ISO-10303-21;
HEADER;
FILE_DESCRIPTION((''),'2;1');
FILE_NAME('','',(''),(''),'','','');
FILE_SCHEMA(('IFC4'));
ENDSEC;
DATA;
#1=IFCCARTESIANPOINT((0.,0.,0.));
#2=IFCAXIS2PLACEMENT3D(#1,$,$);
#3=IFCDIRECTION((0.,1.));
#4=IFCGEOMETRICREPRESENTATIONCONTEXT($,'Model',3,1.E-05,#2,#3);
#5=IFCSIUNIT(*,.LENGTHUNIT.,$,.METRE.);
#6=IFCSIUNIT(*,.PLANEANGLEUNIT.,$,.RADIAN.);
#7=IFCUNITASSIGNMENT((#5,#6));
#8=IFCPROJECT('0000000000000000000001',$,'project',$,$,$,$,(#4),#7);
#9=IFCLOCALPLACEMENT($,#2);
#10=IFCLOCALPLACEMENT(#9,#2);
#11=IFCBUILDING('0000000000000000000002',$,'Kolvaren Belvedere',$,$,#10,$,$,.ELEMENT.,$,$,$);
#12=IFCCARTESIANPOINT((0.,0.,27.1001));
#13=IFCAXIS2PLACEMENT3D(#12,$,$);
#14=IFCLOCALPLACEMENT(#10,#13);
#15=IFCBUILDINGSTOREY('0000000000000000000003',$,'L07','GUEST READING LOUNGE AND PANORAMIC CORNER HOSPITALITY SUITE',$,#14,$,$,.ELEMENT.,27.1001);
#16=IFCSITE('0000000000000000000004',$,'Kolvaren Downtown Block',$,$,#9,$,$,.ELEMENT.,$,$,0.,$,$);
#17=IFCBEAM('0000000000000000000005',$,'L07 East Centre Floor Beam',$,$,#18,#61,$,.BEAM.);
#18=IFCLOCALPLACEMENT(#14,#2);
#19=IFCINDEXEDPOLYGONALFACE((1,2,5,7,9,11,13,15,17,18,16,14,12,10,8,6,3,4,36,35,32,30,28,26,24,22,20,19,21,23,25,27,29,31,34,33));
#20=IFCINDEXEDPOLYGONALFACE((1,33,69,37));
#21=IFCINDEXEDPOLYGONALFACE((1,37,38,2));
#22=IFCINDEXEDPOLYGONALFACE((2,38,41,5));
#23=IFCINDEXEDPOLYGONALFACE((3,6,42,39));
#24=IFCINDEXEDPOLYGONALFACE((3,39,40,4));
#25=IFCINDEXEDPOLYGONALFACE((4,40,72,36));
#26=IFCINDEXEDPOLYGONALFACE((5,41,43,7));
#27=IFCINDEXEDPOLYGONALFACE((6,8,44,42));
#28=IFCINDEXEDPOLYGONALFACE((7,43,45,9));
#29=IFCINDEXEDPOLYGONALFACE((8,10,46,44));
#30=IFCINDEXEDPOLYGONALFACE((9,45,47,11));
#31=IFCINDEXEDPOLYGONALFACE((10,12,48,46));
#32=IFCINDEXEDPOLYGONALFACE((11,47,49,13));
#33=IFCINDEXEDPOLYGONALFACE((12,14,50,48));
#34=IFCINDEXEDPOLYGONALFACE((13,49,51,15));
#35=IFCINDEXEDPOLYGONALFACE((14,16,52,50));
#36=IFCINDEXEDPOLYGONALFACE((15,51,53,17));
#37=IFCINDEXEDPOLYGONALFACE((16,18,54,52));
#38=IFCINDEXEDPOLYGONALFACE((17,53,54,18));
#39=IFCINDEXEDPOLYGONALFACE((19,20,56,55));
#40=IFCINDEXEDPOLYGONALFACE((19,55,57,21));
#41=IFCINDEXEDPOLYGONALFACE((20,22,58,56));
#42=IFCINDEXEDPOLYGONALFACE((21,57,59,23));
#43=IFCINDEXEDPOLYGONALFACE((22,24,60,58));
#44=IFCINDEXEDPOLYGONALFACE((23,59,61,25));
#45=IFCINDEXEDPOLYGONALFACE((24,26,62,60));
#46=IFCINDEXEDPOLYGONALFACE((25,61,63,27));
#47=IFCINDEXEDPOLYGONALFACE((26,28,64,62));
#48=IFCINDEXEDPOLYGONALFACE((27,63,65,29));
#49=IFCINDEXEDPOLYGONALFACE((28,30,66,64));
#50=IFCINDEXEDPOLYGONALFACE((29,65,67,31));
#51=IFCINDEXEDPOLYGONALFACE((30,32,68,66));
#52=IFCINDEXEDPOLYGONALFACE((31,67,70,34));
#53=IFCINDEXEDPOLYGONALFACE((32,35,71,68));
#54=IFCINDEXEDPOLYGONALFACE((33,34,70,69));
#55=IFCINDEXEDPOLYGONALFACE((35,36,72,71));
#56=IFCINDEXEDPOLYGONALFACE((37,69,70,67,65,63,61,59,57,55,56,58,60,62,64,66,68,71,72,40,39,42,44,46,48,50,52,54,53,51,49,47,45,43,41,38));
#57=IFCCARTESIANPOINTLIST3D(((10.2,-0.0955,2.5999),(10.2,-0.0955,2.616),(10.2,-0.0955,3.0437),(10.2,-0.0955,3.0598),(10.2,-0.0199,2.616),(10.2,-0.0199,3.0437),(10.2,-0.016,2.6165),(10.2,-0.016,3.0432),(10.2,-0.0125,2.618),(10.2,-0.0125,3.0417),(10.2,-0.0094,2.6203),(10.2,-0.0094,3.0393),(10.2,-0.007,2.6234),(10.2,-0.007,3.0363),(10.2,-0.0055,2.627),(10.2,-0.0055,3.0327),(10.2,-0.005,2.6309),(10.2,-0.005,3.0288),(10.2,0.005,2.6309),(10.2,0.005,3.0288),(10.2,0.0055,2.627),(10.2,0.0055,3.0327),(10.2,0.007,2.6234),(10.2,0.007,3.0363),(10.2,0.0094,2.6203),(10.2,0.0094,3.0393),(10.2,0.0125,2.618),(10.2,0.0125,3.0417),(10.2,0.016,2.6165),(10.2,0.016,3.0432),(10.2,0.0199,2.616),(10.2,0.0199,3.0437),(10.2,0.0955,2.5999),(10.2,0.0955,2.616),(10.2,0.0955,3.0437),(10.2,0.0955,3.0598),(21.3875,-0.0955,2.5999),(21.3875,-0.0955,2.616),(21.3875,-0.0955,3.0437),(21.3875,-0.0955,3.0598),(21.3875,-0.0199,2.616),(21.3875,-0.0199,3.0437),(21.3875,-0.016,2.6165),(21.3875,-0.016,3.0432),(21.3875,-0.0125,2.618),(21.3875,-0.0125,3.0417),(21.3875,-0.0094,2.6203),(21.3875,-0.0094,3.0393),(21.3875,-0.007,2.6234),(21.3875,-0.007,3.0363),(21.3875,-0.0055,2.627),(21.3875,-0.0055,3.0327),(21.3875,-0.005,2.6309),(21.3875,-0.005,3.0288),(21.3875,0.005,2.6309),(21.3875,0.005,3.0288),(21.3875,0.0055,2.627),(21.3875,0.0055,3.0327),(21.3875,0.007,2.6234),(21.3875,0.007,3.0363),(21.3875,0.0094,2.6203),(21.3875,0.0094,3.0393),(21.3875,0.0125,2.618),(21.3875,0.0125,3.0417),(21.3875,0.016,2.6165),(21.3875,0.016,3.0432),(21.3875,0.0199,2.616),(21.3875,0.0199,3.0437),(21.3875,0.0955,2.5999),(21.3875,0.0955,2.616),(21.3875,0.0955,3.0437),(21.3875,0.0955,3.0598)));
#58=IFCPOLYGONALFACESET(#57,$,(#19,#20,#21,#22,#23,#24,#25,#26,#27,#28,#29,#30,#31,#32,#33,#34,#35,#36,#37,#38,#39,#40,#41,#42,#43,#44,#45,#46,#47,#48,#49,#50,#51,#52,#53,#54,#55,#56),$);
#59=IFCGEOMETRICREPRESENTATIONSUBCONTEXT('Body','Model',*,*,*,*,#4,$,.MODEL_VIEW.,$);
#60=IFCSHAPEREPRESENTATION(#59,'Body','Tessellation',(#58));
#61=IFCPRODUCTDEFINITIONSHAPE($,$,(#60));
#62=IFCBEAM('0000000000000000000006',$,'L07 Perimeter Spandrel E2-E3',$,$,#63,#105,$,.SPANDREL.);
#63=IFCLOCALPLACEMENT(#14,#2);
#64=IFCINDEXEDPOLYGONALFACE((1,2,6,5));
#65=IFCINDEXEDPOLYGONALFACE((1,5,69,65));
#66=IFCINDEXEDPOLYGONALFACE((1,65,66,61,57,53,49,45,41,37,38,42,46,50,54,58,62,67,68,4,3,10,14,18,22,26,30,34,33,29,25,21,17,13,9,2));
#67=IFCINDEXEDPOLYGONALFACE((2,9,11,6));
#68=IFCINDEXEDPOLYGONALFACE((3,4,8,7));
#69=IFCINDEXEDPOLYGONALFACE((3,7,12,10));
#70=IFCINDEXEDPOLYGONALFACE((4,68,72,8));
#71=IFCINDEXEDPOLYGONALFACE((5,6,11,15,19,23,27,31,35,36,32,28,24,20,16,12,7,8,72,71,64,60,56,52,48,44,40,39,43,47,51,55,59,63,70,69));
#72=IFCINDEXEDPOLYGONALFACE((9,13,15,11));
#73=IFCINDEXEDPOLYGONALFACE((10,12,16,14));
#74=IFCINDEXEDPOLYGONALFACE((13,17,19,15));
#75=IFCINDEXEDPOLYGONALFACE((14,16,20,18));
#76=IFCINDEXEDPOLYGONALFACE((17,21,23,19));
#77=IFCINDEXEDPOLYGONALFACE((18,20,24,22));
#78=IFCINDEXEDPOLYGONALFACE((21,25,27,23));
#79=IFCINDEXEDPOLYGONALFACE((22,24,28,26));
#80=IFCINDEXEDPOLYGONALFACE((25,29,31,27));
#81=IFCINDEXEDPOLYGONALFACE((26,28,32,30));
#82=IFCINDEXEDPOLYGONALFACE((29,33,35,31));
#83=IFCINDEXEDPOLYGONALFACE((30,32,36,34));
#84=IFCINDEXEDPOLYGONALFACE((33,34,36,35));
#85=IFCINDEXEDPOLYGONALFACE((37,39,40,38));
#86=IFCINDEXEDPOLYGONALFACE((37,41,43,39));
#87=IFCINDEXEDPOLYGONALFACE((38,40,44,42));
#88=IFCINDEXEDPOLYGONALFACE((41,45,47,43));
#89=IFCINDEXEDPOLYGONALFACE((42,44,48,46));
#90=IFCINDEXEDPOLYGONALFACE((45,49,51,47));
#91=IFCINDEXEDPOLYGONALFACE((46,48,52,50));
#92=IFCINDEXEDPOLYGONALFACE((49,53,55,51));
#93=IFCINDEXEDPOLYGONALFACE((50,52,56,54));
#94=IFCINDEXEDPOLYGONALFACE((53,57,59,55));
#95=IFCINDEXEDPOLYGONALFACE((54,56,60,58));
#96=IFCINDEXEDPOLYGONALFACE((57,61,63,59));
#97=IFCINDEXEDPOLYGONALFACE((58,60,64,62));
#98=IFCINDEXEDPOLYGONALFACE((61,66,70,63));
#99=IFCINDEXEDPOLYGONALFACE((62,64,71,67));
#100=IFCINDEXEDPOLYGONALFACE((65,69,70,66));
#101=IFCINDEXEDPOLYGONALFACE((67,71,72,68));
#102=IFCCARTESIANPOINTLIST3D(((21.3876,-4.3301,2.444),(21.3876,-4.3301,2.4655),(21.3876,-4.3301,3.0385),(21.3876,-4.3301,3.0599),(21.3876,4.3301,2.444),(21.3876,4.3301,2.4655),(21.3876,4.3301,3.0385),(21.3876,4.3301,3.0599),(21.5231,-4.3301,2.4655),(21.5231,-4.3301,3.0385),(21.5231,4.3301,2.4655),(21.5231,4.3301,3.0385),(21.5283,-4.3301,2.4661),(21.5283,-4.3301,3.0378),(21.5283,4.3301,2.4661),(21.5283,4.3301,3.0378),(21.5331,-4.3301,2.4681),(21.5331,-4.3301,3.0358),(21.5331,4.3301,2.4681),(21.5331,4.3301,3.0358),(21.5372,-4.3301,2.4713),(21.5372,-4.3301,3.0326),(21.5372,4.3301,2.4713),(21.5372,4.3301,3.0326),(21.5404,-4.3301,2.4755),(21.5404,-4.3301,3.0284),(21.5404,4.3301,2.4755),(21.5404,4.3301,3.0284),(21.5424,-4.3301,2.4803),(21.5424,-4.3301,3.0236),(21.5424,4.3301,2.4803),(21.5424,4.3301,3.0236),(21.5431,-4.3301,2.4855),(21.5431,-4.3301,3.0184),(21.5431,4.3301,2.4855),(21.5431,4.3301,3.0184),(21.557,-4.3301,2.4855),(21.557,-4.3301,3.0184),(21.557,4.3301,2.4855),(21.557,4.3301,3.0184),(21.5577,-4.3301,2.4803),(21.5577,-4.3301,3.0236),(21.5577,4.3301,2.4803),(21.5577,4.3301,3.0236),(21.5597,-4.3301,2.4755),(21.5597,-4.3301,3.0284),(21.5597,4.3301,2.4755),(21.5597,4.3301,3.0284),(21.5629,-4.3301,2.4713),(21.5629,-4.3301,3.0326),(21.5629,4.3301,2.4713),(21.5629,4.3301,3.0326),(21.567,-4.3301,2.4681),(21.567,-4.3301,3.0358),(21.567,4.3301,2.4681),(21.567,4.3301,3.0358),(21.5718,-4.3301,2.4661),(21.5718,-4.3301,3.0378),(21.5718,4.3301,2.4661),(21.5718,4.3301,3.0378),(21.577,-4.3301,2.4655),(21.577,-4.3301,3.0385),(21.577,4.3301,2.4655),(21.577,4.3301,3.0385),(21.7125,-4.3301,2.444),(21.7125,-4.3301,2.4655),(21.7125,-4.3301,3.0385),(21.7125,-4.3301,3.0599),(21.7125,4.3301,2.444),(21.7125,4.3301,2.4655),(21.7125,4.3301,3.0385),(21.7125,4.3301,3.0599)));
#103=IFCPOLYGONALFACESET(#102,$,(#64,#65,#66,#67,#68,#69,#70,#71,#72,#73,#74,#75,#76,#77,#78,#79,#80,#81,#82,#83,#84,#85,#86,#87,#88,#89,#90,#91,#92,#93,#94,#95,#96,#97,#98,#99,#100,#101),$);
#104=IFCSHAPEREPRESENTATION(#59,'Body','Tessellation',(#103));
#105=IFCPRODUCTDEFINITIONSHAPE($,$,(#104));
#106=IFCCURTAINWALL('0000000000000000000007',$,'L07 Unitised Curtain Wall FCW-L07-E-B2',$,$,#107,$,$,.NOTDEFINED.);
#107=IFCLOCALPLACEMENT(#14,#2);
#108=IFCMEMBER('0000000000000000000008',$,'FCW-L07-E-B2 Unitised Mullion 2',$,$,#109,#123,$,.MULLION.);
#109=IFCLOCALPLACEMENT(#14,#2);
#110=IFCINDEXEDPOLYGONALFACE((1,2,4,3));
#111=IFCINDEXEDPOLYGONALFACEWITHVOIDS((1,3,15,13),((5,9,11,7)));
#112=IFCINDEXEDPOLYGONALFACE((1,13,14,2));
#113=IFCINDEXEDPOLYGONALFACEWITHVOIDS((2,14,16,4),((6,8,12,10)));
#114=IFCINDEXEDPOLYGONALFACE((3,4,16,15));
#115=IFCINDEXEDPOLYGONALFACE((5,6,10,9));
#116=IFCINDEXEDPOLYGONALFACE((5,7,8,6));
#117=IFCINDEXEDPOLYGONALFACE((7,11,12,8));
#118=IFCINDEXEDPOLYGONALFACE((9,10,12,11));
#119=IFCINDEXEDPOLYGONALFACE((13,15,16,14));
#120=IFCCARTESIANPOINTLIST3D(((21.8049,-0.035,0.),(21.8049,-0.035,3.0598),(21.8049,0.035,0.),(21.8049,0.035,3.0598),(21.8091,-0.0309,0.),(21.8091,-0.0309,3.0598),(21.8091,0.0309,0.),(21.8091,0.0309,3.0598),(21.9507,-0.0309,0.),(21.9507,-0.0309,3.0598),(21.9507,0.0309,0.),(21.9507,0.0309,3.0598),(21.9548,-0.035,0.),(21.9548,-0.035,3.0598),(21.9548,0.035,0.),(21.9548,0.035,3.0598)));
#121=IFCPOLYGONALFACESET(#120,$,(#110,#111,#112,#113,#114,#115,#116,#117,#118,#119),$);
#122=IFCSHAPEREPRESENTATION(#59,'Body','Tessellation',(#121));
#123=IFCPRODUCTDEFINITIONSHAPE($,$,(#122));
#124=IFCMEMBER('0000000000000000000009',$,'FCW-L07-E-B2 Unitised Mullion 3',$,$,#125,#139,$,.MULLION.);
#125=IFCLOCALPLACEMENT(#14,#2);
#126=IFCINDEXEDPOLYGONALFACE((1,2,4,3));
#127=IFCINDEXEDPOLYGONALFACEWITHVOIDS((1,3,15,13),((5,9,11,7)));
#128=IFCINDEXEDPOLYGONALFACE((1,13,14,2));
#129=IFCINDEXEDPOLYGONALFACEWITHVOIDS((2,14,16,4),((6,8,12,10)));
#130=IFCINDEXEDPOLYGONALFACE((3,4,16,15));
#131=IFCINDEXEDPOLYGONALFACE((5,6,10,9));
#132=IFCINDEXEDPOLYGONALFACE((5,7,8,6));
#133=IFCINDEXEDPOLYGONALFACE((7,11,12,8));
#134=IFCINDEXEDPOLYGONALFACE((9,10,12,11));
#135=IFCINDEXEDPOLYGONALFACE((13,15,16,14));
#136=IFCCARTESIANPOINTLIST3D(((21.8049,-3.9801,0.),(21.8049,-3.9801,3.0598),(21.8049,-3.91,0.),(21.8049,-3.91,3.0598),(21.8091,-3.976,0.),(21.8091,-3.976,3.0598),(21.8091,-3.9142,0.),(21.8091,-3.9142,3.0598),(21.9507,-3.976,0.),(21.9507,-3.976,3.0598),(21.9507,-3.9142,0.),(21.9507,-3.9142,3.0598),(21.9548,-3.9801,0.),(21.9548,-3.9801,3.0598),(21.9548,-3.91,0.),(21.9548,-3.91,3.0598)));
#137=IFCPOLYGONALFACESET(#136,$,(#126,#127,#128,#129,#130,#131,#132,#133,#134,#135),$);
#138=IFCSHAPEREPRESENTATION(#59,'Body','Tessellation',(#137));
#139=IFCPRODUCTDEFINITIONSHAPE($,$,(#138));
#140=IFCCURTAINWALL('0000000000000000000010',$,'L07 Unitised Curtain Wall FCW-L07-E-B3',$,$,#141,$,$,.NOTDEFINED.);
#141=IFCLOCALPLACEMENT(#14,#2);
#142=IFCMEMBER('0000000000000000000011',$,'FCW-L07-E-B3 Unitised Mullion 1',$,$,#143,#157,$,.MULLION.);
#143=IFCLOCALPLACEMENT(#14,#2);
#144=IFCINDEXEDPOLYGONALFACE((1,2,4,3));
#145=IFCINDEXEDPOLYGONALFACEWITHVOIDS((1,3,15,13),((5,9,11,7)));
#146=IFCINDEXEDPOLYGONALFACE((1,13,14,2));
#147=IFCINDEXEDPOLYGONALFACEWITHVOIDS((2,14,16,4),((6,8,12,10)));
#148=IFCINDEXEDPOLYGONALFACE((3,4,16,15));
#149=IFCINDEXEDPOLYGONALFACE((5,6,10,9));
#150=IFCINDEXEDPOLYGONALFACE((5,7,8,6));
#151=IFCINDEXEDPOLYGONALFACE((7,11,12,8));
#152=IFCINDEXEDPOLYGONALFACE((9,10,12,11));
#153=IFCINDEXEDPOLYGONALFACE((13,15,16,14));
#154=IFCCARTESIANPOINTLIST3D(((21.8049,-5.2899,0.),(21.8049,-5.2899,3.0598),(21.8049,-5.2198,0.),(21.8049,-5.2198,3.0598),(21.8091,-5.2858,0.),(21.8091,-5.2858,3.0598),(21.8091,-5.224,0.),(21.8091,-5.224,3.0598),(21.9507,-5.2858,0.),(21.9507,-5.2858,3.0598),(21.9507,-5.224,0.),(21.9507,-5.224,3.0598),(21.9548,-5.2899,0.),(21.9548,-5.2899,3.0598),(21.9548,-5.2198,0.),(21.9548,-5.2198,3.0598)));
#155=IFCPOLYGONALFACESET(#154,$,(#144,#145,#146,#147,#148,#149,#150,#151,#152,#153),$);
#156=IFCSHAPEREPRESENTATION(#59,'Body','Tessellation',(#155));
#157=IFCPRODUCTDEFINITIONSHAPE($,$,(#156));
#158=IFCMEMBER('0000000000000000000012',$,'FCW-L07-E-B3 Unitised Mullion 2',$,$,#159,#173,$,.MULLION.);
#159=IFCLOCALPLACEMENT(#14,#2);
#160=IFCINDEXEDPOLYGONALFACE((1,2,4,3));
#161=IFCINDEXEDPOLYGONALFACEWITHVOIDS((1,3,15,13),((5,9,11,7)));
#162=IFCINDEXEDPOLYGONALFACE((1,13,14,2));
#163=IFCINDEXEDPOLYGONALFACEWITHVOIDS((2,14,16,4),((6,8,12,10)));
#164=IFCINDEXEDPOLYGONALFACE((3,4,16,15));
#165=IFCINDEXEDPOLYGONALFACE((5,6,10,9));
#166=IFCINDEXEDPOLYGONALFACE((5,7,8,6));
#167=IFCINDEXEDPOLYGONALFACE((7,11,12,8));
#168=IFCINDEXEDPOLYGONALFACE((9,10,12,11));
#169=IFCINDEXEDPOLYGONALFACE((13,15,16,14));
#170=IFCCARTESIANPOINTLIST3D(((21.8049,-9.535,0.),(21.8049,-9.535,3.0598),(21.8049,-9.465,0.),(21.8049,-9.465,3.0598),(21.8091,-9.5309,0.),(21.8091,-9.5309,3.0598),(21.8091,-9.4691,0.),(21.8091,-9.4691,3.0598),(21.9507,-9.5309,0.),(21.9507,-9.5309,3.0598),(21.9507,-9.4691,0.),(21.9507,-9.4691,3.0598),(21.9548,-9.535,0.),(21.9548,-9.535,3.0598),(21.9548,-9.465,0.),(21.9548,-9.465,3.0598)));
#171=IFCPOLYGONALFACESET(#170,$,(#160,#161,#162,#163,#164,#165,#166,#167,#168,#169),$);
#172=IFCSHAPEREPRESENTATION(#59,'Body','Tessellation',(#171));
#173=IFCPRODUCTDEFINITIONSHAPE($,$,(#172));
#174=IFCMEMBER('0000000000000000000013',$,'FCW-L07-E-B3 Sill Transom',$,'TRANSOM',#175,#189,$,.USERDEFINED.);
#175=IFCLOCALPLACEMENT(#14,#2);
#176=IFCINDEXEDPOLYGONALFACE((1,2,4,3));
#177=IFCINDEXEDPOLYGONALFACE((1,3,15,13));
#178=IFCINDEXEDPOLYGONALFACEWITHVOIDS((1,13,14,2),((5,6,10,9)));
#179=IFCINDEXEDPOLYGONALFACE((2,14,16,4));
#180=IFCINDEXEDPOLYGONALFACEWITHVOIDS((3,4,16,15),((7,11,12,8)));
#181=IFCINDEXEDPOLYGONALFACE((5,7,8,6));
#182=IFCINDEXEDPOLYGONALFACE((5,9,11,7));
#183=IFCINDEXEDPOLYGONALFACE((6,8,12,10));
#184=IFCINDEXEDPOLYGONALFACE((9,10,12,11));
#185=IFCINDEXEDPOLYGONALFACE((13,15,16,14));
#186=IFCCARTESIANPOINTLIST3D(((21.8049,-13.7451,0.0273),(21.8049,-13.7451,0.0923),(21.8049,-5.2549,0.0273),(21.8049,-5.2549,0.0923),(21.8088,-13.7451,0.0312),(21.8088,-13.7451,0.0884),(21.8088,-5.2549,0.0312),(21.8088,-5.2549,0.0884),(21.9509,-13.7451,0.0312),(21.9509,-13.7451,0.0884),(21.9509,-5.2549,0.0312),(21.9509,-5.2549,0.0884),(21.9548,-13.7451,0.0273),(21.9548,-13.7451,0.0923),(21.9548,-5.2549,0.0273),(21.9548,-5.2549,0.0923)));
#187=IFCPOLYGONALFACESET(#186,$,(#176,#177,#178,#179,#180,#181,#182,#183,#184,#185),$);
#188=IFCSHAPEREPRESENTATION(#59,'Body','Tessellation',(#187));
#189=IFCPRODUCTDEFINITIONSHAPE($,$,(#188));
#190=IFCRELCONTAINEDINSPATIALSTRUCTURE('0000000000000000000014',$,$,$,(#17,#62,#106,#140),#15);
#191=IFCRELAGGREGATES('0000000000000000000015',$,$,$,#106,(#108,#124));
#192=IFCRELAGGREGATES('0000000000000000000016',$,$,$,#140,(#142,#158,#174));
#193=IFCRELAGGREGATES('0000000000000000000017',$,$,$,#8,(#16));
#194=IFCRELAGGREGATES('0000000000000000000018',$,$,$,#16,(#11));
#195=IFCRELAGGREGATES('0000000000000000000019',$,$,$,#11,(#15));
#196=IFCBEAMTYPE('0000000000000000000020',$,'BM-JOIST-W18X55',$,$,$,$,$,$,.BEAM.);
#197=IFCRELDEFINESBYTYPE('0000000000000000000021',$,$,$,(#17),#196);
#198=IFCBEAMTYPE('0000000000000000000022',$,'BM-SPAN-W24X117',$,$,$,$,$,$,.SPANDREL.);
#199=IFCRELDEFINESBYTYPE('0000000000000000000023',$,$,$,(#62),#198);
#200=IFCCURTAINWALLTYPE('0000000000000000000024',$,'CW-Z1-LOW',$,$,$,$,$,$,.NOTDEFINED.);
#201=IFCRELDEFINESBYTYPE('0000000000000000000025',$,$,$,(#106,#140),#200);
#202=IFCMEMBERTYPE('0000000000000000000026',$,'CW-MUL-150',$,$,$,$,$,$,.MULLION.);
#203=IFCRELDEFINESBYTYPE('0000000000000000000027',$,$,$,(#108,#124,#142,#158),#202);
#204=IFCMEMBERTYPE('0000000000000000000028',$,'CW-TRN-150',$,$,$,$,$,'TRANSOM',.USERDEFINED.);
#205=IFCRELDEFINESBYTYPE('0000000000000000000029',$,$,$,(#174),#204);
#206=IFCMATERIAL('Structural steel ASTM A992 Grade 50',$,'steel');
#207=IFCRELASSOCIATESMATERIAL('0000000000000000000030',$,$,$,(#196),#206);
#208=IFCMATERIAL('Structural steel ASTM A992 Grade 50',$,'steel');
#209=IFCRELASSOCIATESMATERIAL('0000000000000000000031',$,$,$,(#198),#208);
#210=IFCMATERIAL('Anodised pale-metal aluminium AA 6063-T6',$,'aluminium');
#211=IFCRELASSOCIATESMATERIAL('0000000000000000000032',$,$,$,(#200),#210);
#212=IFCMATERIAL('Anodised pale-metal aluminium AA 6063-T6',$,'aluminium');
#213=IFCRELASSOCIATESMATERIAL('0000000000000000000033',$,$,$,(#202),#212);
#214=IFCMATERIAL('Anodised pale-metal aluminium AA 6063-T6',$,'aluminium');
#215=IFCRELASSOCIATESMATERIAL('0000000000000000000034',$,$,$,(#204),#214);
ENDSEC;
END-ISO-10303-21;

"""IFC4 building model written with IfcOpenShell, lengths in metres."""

from ifc_helpers import new_model, si_unit, direction, frame, origin, origin_2d, place, context, subcontext, project, spatial, hollow_rectangle, i_section, extrude, material, material_profile, profile_set, type_object, element, aggregate, save


model = new_model("IFC4")

# Units and contexts
model_context = context("Model", 3, precision=1e-05, world=origin(), true_north=direction((0.0, 1.0)))
body_context = subcontext(model_context, "Body", "Model", "MODEL_VIEW")
ifc_project = project(units=[si_unit("LENGTHUNIT", "METRE"), si_unit("PLANEANGLEUNIT", "RADIAN")], contexts=[model_context])

# Site, building, storey
site_placement = place(None, origin())
site = spatial("IfcSite", under=ifc_project, at=site_placement, Name="Kolvaren Downtown Block", CompositionType="ELEMENT", RefElevation=0.0)
building_placement = place(site_placement, origin())
building = spatial("IfcBuilding", under=site, at=building_placement, Name="Kolvaren Belvedere", CompositionType="ELEMENT")
storey_placement = place(building_placement, frame((0.0, 0.0, 27.1001)))
storey = spatial("IfcBuildingStorey", under=building, at=storey_placement, Name="L07", Description="GUEST READING LOUNGE AND PANORAMIC CORNER HOSPITALITY SUITE", CompositionType="ELEMENT", Elevation=27.1001)

# Beams
ifc_material_1 = material(Name="Structural steel ASTM A992 Grade 50", Category="steel")
ifc_material_profile_1 = material_profile(ifc_material_1, i_section(OverallWidth=0.1909, OverallDepth=0.46, WebThickness=0.01, FlangeThickness=0.0161, FilletRadius=0.0149, at=origin_2d()), Name="W18X55")
ifc_profile_set_1 = profile_set([ifc_material_profile_1], Name="Structural steel ASTM A992 Grade 50")
beam_type_1 = type_object("IfcBeamType", Name="BM-JOIST-W18X55", PredefinedType="BEAM", material=ifc_profile_set_1)
beam_1_placement = place(storey_placement, frame((10.2, 0.0, 2.8298), z_axis=(1.0, 0.0, 0.0), x_axis=(0.0, 1.0, 0.0)))
element("IfcBeam", 1, at=beam_1_placement, inside=storey, type_object=beam_type_1, Name="L07 East Centre Floor Beam", PredefinedType="BEAM", context=body_context, shape_type="SweptSolid", body=[
    extrude(i_section(OverallWidth=0.1909, OverallDepth=0.46, WebThickness=0.01, FlangeThickness=0.0161, FilletRadius=0.0149, at=origin_2d()), origin(), (0.0, 0.0, 1.0), 11.1875),
])
ifc_material_2 = material(Name="Structural steel ASTM A992 Grade 50", Category="steel")
ifc_material_profile_2 = material_profile(ifc_material_2, i_section(OverallWidth=0.325, OverallDepth=0.616, WebThickness=0.0139, FlangeThickness=0.0215, FilletRadius=0.02, at=origin_2d()), Name="W24X117")
ifc_profile_set_2 = profile_set([ifc_material_profile_2], Name="Structural steel ASTM A992 Grade 50")
beam_type_2 = type_object("IfcBeamType", Name="BM-SPAN-W24X117", PredefinedType="SPANDREL", material=ifc_profile_set_2)
beam_2_placement = place(storey_placement, frame((21.55, -4.3301, 2.752), z_axis=(0.0, 1.0, 0.0), x_axis=(-1.0, 0.0, 0.0)))
element("IfcBeam", 2, at=beam_2_placement, inside=storey, type_object=beam_type_2, Name="L07 Perimeter Spandrel E2-E3", PredefinedType="SPANDREL", context=body_context, shape_type="SweptSolid", body=[
    extrude(i_section(OverallWidth=0.325, OverallDepth=0.616, WebThickness=0.0139, FlangeThickness=0.0215, FilletRadius=0.02, at=origin_2d()), origin(), (0.0, 0.0, 1.0), 8.6602),
])

# Curtain walls, members
ifc_material_3 = material(Name="Anodised pale-metal aluminium AA 6063-T6", Category="aluminium")
curtain_wall_type = type_object("IfcCurtainWallType", Name="CW-Z1-LOW", PredefinedType="NOTDEFINED", material=ifc_material_3)
curtain_wall_1_placement = place(storey_placement, origin())
curtain_wall_1 = element("IfcCurtainWall", 3, at=curtain_wall_1_placement, inside=storey, type_object=curtain_wall_type, Name="L07 Unitised Curtain Wall FCW-L07-E-B2", PredefinedType="NOTDEFINED")
ifc_material_4 = material(Name="Anodised pale-metal aluminium AA 6063-T6", Category="aluminium")
ifc_material_profile_3 = material_profile(ifc_material_4, hollow_rectangle(XDim=0.0701, YDim=0.1499, WallThickness=0.0042, at=origin_2d()), Name="ALU-MUL-150X70")
ifc_profile_set_3 = profile_set([ifc_material_profile_3], Name="Anodised pale-metal aluminium AA 6063-T6")
member_type_1 = type_object("IfcMemberType", Name="CW-MUL-150", PredefinedType="MULLION", material=ifc_profile_set_3)
member_1_placement = place(storey_placement, frame((21.8799, 0.0, 0.0), z_axis=(0.0, 0.0, 1.0), x_axis=(0.0, 1.0, 0.0)))
member_1 = element("IfcMember", 4, at=member_1_placement, type_object=member_type_1, Name="FCW-L07-E-B2 Unitised Mullion 2", PredefinedType="MULLION", context=body_context, shape_type="SweptSolid", body=[
    extrude(hollow_rectangle(XDim=0.0701, YDim=0.1499, WallThickness=0.0042, at=origin_2d()), origin(), (0.0, 0.0, 1.0), 3.0598),
])
member_2_placement = place(storey_placement, frame((21.8799, -3.9451, 0.0), z_axis=(0.0, 0.0, 1.0), x_axis=(0.0, 1.0, 0.0)))
member_2 = element("IfcMember", 5, at=member_2_placement, type_object=member_type_1, Name="FCW-L07-E-B2 Unitised Mullion 3", PredefinedType="MULLION", context=body_context, shape_type="SweptSolid", body=[
    extrude(hollow_rectangle(XDim=0.0701, YDim=0.1499, WallThickness=0.0042, at=origin_2d()), origin(), (0.0, 0.0, 1.0), 3.0598),
])
curtain_wall_2_placement = place(storey_placement, origin())
curtain_wall_2 = element("IfcCurtainWall", 6, at=curtain_wall_2_placement, inside=storey, type_object=curtain_wall_type, Name="L07 Unitised Curtain Wall FCW-L07-E-B3", PredefinedType="NOTDEFINED")
member_3_placement = place(storey_placement, frame((21.8799, -5.2549, 0.0), z_axis=(0.0, 0.0, 1.0), x_axis=(0.0, 1.0, 0.0)))
member_3 = element("IfcMember", 7, at=member_3_placement, type_object=member_type_1, Name="FCW-L07-E-B3 Unitised Mullion 1", PredefinedType="MULLION", context=body_context, shape_type="SweptSolid", body=[
    extrude(hollow_rectangle(XDim=0.0701, YDim=0.1499, WallThickness=0.0042, at=origin_2d()), origin(), (0.0, 0.0, 1.0), 3.0598),
])
member_4_placement = place(storey_placement, frame((21.8799, -9.5, 0.0), z_axis=(0.0, 0.0, 1.0), x_axis=(0.0, 1.0, 0.0)))
member_4 = element("IfcMember", 8, at=member_4_placement, type_object=member_type_1, Name="FCW-L07-E-B3 Unitised Mullion 2", PredefinedType="MULLION", context=body_context, shape_type="SweptSolid", body=[
    extrude(hollow_rectangle(XDim=0.0701, YDim=0.1499, WallThickness=0.0042, at=origin_2d()), origin(), (0.0, 0.0, 1.0), 3.0598),
])
ifc_material_5 = material(Name="Anodised pale-metal aluminium AA 6063-T6", Category="aluminium")
ifc_material_profile_4 = material_profile(ifc_material_5, hollow_rectangle(XDim=0.0649, YDim=0.1499, WallThickness=0.0039, at=origin_2d()), Name="ALU-TRN-150X65")
ifc_profile_set_4 = profile_set([ifc_material_profile_4], Name="Anodised pale-metal aluminium AA 6063-T6")
member_type_2 = type_object("IfcMemberType", Name="CW-TRN-150", ElementType="TRANSOM", PredefinedType="USERDEFINED", material=ifc_profile_set_4)
member_5_placement = place(storey_placement, frame((21.8799, -5.2549, 0.0598), z_axis=(0.0, -1.0, 0.0), x_axis=(0.0, 0.0, 1.0)))
member_5 = element("IfcMember", 9, at=member_5_placement, type_object=member_type_2, Name="FCW-L07-E-B3 Sill Transom", ObjectType="TRANSOM", PredefinedType="USERDEFINED", context=body_context, shape_type="SweptSolid", body=[
    extrude(hollow_rectangle(XDim=0.0649, YDim=0.1499, WallThickness=0.0039, at=origin_2d()), origin(), (0.0, 0.0, 1.0), 8.4902),
])

aggregate(curtain_wall_1, [member_1, member_2])
aggregate(curtain_wall_2, [member_3, member_4, member_5])

save(model, "model.ifc")
